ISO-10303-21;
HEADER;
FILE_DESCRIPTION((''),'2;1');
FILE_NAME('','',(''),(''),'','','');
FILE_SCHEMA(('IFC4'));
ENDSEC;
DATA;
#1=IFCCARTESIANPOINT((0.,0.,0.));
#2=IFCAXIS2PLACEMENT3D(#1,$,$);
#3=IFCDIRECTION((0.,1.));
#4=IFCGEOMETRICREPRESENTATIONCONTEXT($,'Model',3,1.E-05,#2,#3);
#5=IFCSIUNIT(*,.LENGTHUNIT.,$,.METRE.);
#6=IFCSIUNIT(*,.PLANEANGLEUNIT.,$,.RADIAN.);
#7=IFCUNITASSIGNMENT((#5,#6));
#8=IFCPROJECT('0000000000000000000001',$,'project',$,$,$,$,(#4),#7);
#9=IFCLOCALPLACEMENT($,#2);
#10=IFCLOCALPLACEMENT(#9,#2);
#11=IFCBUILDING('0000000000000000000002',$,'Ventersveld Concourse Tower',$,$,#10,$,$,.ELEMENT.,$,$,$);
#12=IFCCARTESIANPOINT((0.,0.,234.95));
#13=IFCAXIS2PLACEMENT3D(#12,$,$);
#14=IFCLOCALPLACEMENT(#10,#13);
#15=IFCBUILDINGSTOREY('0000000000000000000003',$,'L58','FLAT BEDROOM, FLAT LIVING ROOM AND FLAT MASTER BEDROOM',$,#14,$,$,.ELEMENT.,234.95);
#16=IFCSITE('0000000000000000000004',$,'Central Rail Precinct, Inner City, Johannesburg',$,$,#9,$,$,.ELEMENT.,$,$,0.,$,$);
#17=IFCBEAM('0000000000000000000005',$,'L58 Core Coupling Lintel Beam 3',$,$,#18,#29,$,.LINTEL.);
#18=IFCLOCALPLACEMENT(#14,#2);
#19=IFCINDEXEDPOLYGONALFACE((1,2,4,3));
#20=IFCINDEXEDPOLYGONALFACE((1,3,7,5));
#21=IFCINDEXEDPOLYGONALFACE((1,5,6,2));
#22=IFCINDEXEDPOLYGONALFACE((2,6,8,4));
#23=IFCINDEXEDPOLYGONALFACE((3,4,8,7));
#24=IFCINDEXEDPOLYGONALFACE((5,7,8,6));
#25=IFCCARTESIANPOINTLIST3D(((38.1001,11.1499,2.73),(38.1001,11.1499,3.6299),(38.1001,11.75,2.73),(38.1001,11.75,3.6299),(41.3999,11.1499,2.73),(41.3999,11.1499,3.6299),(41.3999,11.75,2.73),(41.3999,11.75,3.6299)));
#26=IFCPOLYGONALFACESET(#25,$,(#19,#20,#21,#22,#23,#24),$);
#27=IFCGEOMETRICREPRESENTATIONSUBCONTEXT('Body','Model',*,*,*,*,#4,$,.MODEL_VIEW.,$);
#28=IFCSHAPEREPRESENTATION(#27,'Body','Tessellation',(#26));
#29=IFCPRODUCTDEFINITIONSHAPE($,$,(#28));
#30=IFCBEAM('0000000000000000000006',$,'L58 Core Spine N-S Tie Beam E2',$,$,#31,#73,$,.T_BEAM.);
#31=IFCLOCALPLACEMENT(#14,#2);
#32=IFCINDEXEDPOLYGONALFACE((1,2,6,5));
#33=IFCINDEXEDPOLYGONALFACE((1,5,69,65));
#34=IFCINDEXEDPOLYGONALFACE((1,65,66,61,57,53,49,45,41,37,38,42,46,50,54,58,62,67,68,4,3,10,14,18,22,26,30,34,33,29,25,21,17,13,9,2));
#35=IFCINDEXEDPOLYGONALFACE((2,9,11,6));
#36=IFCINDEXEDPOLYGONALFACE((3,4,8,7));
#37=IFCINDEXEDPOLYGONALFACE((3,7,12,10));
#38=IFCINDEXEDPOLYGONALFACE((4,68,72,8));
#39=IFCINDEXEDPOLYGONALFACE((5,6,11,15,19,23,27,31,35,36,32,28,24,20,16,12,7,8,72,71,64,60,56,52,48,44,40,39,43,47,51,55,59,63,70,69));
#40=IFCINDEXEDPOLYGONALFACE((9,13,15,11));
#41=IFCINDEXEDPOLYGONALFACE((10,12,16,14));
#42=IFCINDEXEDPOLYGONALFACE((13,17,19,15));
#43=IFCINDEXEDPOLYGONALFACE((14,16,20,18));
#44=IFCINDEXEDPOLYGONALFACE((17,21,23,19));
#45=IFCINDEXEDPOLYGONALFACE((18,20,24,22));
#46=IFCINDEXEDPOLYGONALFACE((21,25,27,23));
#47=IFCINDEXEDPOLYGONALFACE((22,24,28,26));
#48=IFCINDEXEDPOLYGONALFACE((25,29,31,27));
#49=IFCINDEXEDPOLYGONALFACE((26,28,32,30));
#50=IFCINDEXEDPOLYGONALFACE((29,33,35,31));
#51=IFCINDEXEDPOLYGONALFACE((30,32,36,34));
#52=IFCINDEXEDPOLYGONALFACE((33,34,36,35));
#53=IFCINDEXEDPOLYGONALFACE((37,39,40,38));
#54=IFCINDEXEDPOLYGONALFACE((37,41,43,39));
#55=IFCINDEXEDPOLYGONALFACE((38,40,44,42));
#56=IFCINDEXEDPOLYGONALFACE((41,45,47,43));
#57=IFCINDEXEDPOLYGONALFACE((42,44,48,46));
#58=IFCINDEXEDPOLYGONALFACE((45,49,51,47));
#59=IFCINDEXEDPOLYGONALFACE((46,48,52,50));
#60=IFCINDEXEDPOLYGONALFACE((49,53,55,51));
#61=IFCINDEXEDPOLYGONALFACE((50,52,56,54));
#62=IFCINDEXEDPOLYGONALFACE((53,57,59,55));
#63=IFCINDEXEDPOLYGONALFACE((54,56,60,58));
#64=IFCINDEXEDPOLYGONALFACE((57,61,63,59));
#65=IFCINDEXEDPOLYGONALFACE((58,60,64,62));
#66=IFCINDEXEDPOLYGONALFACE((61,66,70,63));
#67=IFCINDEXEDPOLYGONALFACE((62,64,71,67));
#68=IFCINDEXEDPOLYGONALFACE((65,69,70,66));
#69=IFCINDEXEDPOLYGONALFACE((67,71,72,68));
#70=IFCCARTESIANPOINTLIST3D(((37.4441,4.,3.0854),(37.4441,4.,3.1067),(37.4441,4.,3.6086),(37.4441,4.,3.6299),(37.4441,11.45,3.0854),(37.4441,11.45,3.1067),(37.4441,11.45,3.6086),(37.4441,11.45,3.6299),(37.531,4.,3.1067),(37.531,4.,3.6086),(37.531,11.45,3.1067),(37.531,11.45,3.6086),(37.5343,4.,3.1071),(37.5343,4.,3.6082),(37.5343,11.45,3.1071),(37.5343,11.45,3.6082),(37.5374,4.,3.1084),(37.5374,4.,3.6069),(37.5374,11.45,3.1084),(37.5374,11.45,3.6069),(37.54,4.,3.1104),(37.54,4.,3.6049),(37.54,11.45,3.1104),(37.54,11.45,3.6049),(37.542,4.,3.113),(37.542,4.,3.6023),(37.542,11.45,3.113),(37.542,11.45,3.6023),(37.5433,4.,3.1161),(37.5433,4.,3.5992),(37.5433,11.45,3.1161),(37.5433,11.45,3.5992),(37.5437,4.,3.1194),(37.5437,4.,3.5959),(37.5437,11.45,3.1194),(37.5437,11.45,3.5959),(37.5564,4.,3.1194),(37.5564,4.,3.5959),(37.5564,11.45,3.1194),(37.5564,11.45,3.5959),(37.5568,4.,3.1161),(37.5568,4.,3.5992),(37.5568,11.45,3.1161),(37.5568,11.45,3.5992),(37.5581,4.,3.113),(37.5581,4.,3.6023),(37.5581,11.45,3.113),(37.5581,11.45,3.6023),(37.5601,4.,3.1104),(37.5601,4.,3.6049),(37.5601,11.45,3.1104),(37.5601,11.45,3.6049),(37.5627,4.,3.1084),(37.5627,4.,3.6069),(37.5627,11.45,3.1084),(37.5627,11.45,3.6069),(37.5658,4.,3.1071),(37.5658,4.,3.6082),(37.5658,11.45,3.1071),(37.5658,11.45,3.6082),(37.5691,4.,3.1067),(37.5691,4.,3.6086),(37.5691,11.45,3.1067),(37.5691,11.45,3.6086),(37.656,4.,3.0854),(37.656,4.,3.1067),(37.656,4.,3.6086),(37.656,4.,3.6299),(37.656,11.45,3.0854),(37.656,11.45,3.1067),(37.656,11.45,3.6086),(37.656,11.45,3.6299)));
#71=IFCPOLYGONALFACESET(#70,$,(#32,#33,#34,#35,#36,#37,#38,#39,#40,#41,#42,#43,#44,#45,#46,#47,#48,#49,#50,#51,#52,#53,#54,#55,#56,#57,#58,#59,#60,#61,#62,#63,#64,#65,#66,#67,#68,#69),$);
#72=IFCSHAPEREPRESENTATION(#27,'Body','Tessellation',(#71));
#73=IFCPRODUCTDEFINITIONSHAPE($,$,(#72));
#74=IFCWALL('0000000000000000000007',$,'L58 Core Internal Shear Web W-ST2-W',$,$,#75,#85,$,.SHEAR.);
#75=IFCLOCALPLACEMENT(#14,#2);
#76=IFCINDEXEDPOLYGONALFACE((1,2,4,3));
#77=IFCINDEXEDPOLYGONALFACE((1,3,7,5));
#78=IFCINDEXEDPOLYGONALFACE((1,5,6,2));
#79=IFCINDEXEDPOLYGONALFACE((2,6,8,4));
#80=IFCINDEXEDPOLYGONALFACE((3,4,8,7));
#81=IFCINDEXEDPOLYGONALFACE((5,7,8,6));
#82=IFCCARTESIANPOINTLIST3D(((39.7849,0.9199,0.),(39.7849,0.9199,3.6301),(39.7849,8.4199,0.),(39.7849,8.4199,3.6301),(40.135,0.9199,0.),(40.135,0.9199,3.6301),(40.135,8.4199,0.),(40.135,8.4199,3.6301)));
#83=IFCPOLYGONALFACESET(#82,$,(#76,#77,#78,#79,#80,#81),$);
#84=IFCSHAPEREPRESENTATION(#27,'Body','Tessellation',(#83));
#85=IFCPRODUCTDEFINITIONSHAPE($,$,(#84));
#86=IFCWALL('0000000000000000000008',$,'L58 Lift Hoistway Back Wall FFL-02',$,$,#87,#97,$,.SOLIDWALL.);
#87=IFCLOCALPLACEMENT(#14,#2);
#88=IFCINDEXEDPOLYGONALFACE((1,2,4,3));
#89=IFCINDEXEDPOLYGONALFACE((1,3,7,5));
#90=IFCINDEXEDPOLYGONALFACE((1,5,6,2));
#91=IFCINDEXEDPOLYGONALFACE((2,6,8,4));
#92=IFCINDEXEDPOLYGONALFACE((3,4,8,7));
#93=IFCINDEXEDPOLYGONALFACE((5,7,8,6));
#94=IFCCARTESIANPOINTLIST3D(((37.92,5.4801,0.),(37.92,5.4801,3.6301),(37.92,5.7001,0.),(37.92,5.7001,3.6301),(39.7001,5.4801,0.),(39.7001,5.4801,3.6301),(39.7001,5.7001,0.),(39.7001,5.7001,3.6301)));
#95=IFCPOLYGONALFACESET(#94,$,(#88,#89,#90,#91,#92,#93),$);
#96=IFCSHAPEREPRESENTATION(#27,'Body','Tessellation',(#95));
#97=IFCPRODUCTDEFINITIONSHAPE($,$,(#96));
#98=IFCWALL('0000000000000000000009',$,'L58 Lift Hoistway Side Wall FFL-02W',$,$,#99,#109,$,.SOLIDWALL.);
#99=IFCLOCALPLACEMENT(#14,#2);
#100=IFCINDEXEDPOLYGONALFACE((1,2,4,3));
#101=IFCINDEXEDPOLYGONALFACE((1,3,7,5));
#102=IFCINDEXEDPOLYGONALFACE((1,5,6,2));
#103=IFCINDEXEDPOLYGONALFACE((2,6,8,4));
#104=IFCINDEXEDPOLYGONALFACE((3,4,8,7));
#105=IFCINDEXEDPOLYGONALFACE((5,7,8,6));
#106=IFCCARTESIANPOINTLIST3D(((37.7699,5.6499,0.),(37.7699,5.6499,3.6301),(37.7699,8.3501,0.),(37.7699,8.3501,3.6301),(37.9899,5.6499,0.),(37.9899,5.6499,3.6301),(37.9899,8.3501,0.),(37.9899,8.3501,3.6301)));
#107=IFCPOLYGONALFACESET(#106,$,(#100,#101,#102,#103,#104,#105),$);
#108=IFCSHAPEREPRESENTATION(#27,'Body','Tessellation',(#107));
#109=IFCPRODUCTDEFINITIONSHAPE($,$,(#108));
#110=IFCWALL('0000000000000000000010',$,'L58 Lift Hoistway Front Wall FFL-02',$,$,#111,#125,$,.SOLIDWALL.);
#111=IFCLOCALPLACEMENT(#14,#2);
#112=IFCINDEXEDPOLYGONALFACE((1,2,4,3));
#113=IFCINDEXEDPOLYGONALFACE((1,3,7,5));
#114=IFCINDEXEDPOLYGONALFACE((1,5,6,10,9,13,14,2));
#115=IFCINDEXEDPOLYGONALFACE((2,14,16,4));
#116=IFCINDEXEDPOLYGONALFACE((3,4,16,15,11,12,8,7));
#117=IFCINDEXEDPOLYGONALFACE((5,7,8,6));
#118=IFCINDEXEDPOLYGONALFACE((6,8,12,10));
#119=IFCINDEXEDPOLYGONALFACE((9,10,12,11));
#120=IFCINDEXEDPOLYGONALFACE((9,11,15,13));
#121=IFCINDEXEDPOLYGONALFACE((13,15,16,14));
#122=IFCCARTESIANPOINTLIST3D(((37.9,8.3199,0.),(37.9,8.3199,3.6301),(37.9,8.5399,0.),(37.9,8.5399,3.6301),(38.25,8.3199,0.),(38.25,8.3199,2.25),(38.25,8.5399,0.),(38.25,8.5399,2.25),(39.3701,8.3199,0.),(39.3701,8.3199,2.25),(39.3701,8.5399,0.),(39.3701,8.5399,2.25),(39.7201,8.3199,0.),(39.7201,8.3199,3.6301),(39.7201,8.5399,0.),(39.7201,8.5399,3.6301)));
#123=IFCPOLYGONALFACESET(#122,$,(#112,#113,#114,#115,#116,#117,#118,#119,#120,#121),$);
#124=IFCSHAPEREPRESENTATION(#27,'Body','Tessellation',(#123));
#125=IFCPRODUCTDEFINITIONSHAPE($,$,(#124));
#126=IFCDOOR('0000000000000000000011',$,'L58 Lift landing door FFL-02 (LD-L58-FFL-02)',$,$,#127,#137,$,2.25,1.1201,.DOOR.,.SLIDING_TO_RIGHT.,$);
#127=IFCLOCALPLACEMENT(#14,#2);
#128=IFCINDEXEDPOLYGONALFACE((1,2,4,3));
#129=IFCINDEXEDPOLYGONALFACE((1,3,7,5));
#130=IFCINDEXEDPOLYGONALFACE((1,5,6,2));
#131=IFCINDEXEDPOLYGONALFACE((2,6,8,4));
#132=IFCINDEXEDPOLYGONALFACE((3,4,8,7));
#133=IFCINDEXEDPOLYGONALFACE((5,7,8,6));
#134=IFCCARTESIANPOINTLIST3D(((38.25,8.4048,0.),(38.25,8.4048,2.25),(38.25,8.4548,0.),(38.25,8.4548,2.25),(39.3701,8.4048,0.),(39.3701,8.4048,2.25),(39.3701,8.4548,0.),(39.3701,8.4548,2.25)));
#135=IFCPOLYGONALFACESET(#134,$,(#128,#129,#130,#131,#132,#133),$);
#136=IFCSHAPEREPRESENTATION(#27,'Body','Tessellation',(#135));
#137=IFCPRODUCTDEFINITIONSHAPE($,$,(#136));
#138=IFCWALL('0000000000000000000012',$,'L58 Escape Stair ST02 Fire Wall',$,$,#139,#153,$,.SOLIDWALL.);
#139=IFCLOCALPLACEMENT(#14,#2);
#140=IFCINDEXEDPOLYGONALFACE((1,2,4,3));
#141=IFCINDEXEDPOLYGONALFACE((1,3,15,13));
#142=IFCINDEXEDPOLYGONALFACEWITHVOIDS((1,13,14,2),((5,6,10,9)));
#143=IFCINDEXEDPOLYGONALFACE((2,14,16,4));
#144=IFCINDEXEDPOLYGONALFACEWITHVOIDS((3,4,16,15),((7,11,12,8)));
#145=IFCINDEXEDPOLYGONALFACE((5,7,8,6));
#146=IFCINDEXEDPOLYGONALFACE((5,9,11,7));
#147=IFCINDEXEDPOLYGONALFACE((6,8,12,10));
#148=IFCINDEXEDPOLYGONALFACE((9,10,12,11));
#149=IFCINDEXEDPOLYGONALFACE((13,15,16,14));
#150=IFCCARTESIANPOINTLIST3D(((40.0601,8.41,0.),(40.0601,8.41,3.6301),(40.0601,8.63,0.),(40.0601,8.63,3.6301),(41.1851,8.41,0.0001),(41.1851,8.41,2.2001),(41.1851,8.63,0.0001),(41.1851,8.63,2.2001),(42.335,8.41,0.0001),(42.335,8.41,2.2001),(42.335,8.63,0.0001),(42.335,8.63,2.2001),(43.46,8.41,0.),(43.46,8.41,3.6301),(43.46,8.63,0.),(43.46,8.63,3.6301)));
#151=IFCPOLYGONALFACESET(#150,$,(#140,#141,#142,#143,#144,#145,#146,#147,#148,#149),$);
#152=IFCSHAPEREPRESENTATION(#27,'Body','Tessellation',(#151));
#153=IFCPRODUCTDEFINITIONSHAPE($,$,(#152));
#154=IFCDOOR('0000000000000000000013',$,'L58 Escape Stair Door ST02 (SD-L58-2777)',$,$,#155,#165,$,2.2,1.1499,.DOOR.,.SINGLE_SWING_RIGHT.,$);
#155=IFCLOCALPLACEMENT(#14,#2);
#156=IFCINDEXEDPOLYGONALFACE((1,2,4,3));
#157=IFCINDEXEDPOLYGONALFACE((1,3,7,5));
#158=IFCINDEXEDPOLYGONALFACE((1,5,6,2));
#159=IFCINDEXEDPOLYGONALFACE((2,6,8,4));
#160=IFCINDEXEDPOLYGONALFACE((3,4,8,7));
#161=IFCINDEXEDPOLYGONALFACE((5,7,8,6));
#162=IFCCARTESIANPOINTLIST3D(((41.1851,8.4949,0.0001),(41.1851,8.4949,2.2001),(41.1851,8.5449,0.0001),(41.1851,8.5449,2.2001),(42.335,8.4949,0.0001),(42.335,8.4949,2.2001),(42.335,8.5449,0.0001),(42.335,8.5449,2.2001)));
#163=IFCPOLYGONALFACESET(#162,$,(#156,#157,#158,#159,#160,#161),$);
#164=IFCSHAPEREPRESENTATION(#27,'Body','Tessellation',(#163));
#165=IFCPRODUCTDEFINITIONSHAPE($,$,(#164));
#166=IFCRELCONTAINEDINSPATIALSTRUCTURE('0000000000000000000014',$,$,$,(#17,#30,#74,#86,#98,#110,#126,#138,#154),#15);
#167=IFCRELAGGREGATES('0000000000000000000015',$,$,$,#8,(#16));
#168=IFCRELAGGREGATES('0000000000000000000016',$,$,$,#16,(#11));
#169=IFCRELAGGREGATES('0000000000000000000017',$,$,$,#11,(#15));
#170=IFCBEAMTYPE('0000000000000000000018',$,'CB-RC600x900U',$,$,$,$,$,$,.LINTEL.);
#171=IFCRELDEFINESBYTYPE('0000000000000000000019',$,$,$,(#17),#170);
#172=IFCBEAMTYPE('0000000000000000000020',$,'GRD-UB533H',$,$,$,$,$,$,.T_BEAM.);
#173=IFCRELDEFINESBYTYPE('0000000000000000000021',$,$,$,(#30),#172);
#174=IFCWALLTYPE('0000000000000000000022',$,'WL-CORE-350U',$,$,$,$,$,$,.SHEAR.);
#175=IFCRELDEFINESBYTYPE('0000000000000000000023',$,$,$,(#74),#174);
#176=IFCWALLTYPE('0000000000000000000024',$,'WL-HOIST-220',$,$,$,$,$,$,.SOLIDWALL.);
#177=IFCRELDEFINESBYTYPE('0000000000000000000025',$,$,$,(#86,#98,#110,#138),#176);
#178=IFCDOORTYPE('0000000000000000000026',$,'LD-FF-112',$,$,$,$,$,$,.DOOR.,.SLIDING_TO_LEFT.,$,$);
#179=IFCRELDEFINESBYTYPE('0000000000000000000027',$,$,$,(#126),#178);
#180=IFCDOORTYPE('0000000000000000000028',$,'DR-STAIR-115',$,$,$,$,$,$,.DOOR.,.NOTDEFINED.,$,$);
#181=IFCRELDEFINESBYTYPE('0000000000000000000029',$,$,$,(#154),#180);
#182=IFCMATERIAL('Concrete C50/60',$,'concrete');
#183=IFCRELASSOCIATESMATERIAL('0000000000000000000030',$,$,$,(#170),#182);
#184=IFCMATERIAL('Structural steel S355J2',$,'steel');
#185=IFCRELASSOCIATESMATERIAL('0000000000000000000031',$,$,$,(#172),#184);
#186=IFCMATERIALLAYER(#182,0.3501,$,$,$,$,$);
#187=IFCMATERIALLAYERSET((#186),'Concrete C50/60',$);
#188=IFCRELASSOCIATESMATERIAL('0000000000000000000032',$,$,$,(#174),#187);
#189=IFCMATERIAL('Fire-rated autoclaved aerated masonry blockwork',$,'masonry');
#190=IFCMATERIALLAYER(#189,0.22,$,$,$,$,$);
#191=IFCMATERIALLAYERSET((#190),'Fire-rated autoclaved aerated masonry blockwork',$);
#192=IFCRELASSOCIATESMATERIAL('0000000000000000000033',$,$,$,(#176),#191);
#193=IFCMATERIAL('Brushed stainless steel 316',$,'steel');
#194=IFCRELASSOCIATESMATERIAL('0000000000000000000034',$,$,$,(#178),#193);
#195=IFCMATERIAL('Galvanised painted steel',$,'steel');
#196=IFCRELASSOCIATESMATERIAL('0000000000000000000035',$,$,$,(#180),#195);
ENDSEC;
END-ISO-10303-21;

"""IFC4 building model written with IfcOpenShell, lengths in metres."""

from ifc_helpers import new_model, si_unit, direction, frame, frame_2d, origin, origin_2d, place, context, subcontext, project, spatial, rectangle, i_section, extrude, material, layer, layer_set, material_profile, profile_set, type_object, element, fill, save


model = new_model("IFC4")

# Units and contexts
model_context = context("Model", 3, precision=1e-05, world=origin(), true_north=direction((0.0, 1.0)))
body_context = subcontext(model_context, "Body", "Model", "MODEL_VIEW")
ifc_project = project(units=[si_unit("LENGTHUNIT", "METRE"), si_unit("PLANEANGLEUNIT", "RADIAN")], contexts=[model_context])

# Site, building, storey
site_placement = place(None, origin())
site = spatial("IfcSite", under=ifc_project, at=site_placement, Name="Central Rail Precinct, Inner City, Johannesburg", CompositionType="ELEMENT", RefElevation=0.0)
building_placement = place(site_placement, origin())
building = spatial("IfcBuilding", under=site, at=building_placement, Name="Ventersveld Concourse Tower", CompositionType="ELEMENT")
storey_placement = place(building_placement, frame((0.0, 0.0, 234.95)))
storey = spatial("IfcBuildingStorey", under=building, at=storey_placement, Name="L58", Description="FLAT BEDROOM, FLAT LIVING ROOM AND FLAT MASTER BEDROOM", CompositionType="ELEMENT", Elevation=234.95)

# Beams
ifc_material_1 = material(Name="Concrete C50/60", Category="concrete")
ifc_material_profile_1 = material_profile(ifc_material_1, rectangle(XDim=0.6001, YDim=0.8999, at=origin_2d()), Name="RC 600x900")
ifc_profile_set_1 = profile_set([ifc_material_profile_1], Name="Concrete C50/60")
beam_type_1 = type_object("IfcBeamType", Name="CB-RC600x900U", PredefinedType="LINTEL", material=ifc_profile_set_1)
beam_1_placement = place(storey_placement, frame((38.1001, 11.45, 3.1799), z_axis=(1.0, 0.0, 0.0), x_axis=(0.0, 1.0, 0.0)))
element("IfcBeam", 1, at=beam_1_placement, inside=storey, type_object=beam_type_1, Name="L58 Core Coupling Lintel Beam 3", PredefinedType="LINTEL", context=body_context, shape_type="SweptSolid", body=[
    extrude(rectangle(XDim=0.6001, YDim=0.8999, at=origin_2d()), origin(), (0.0, 0.0, 1.0), 3.2998),
])
ifc_material_2 = material(Name="Structural steel S355J2", Category="steel")
ifc_material_profile_2 = material_profile(ifc_material_2, i_section(OverallWidth=0.2119, OverallDepth=0.5444, WebThickness=0.0127, FlangeThickness=0.0212, FilletRadius=0.0127, at=origin_2d()), Name="UB 533x210x122")
ifc_profile_set_2 = profile_set([ifc_material_profile_2], Name="Structural steel S355J2")
beam_type_2 = type_object("IfcBeamType", Name="GRD-UB533H", PredefinedType="T_BEAM", material=ifc_profile_set_2)
beam_2_placement = place(storey_placement, frame((37.55, 4.0, 3.3577), z_axis=(0.0, 1.0, 0.0), x_axis=(-1.0, 0.0, 0.0)))
element("IfcBeam", 2, at=beam_2_placement, inside=storey, type_object=beam_type_2, Name="L58 Core Spine N-S Tie Beam E2", PredefinedType="T_BEAM", context=body_context, shape_type="SweptSolid", body=[
    extrude(i_section(OverallWidth=0.2119, OverallDepth=0.5444, WebThickness=0.0127, FlangeThickness=0.0212, FilletRadius=0.0127, at=origin_2d()), origin(), (0.0, 0.0, 1.0), 7.45),
])

# Walls
ifc_layer_1 = layer(ifc_material_1, 0.3501)
ifc_layer_set_1 = layer_set([ifc_layer_1], Name="Concrete C50/60")
wall_type_1 = type_object("IfcWallType", Name="WL-CORE-350U", PredefinedType="SHEAR", material=ifc_layer_set_1)
wall_1_placement = place(storey_placement, frame((39.96, 0.9199, 0.0), z_axis=(0.0, 0.0, 1.0), x_axis=(0.0, 1.0, 0.0)))
element("IfcWall", 3, at=wall_1_placement, inside=storey, type_object=wall_type_1, Name="L58 Core Internal Shear Web W-ST2-W", PredefinedType="SHEAR", context=body_context, shape_type="SweptSolid", body=[
    extrude(rectangle(XDim=7.5, YDim=0.3501, at=frame_2d((3.75, 0.0))), origin(), (0.0, 0.0, 1.0), 3.6301),
])
ifc_material_3 = material(Name="Fire-rated autoclaved aerated masonry blockwork", Category="masonry")
ifc_layer_2 = layer(ifc_material_3, 0.22)
ifc_layer_set_2 = layer_set([ifc_layer_2], Name="Fire-rated autoclaved aerated masonry blockwork")
wall_type_2 = type_object("IfcWallType", Name="WL-HOIST-220", PredefinedType="SOLIDWALL", material=ifc_layer_set_2)
wall_2_placement = place(storey_placement, frame((37.9199, 5.5901, 0.0), z_axis=(0.0, 0.0, 1.0), x_axis=(1.0, 0.0, 0.0)))
element("IfcWall", 4, at=wall_2_placement, inside=storey, type_object=wall_type_2, Name="L58 Lift Hoistway Back Wall FFL-02", PredefinedType="SOLIDWALL", context=body_context, shape_type="SweptSolid", body=[
    extrude(rectangle(XDim=1.78, YDim=0.22, at=frame_2d((0.8901, 0.0))), origin(), (0.0, 0.0, 1.0), 3.6301),
])
wall_3_placement = place(storey_placement, frame((37.8799, 5.6499, 0.0), z_axis=(0.0, 0.0, 1.0), x_axis=(0.0, 1.0, 0.0)))
element("IfcWall", 5, at=wall_3_placement, inside=storey, type_object=wall_type_2, Name="L58 Lift Hoistway Side Wall FFL-02W", PredefinedType="SOLIDWALL", context=body_context, shape_type="SweptSolid", body=[
    extrude(rectangle(XDim=2.7002, YDim=0.22, at=frame_2d((1.3501, 0.0))), origin(), (0.0, 0.0, 1.0), 3.6301),
])

# Walls, openings, doors
wall_4_placement = place(storey_placement, frame((37.8999, 8.4299, 0.0), z_axis=(0.0, 0.0, 1.0), x_axis=(1.0, 0.0, 0.0)))
wall_4 = element("IfcWall", 6, at=wall_4_placement, inside=storey, type_object=wall_type_2, Name="L58 Lift Hoistway Front Wall FFL-02", PredefinedType="SOLIDWALL", context=body_context, shape_type="SweptSolid", body=[
    extrude(rectangle(XDim=1.8201, YDim=0.22, at=frame_2d((0.9102, 0.0))), origin(), (0.0, 0.0, 1.0), 3.6301),
])
opening_1_placement = place(wall_4_placement, frame((0.3501, 0.0, 0.0)))
opening_1 = element("IfcOpeningElement", 7, at=opening_1_placement, cuts=wall_4, PredefinedType="OPENING", context=body_context, shape_type="SweptSolid", body=[
    extrude(rectangle(XDim=1.1201, YDim=2.25, at=frame_2d((0.5601, 1.125))), frame((0.0, 0.1201, 0.0), z_axis=(0.0, -1.0, 0.0), x_axis=(1.0, 0.0, 0.0)), (0.0, 0.0, 1.0), 0.24),
])
ifc_material_4 = material(Name="Brushed stainless steel 316", Category="steel")
door_type_1 = type_object("IfcDoorType", Name="LD-FF-112", OperationType="SLIDING_TO_LEFT", PredefinedType="DOOR", material=ifc_material_4)
door_1_placement = place(opening_1_placement, origin())
door_1 = element("IfcDoor", 8, at=door_1_placement, inside=storey, type_object=door_type_1, Name="L58 Lift landing door FFL-02 (LD-L58-FFL-02)", OperationType="SLIDING_TO_RIGHT", OverallHeight=2.25, OverallWidth=1.1201, PredefinedType="DOOR", context=body_context, shape_type="SweptSolid", body=[
    extrude(rectangle(XDim=1.1201, YDim=2.25, at=frame_2d((0.5601, 1.125))), frame((0.0, 0.0249, 0.0), z_axis=(0.0, -1.0, 0.0), x_axis=(1.0, 0.0, 0.0)), (0.0, 0.0, 1.0), 0.05),
])
fill(opening_1, door_1)
wall_5_placement = place(storey_placement, frame((40.0601, 8.52, 0.0), z_axis=(0.0, 0.0, 1.0), x_axis=(1.0, 0.0, 0.0)))
wall_5 = element("IfcWall", 9, at=wall_5_placement, inside=storey, type_object=wall_type_2, Name="L58 Escape Stair ST02 Fire Wall", PredefinedType="SOLIDWALL", context=body_context, shape_type="SweptSolid", body=[
    extrude(rectangle(XDim=3.3999, YDim=0.22, at=frame_2d((1.7, 0.0))), origin(), (0.0, 0.0, 1.0), 3.6301),
])
opening_2_placement = place(wall_5_placement, frame((1.125, 0.0, 0.0)))
opening_2 = element("IfcOpeningElement", 10, at=opening_2_placement, cuts=wall_5, PredefinedType="OPENING", context=body_context, shape_type="SweptSolid", body=[
    extrude(rectangle(XDim=1.1499, YDim=2.2, at=frame_2d((0.575, 1.1001))), frame((0.0, 0.1201, 0.0), z_axis=(0.0, -1.0, 0.0), x_axis=(1.0, 0.0, 0.0)), (0.0, 0.0, 1.0), 0.24),
])
ifc_material_5 = material(Name="Galvanised painted steel", Category="steel")
door_type_2 = type_object("IfcDoorType", Name="DR-STAIR-115", OperationType="NOTDEFINED", PredefinedType="DOOR", material=ifc_material_5)
door_2_placement = place(opening_2_placement, origin())
door_2 = element("IfcDoor", 11, at=door_2_placement, inside=storey, type_object=door_type_2, Name="L58 Escape Stair Door ST02 (SD-L58-2777)", OperationType="SINGLE_SWING_RIGHT", OverallHeight=2.2, OverallWidth=1.1499, PredefinedType="DOOR", context=body_context, shape_type="SweptSolid", body=[
    extrude(rectangle(XDim=1.1499, YDim=2.2, at=frame_2d((0.575, 1.1001))), frame((0.0, 0.0249, 0.0), z_axis=(0.0, -1.0, 0.0), x_axis=(1.0, 0.0, 0.0)), (0.0, 0.0, 1.0), 0.05),
])
fill(opening_2, door_2)

save(model, "model.ifc")
